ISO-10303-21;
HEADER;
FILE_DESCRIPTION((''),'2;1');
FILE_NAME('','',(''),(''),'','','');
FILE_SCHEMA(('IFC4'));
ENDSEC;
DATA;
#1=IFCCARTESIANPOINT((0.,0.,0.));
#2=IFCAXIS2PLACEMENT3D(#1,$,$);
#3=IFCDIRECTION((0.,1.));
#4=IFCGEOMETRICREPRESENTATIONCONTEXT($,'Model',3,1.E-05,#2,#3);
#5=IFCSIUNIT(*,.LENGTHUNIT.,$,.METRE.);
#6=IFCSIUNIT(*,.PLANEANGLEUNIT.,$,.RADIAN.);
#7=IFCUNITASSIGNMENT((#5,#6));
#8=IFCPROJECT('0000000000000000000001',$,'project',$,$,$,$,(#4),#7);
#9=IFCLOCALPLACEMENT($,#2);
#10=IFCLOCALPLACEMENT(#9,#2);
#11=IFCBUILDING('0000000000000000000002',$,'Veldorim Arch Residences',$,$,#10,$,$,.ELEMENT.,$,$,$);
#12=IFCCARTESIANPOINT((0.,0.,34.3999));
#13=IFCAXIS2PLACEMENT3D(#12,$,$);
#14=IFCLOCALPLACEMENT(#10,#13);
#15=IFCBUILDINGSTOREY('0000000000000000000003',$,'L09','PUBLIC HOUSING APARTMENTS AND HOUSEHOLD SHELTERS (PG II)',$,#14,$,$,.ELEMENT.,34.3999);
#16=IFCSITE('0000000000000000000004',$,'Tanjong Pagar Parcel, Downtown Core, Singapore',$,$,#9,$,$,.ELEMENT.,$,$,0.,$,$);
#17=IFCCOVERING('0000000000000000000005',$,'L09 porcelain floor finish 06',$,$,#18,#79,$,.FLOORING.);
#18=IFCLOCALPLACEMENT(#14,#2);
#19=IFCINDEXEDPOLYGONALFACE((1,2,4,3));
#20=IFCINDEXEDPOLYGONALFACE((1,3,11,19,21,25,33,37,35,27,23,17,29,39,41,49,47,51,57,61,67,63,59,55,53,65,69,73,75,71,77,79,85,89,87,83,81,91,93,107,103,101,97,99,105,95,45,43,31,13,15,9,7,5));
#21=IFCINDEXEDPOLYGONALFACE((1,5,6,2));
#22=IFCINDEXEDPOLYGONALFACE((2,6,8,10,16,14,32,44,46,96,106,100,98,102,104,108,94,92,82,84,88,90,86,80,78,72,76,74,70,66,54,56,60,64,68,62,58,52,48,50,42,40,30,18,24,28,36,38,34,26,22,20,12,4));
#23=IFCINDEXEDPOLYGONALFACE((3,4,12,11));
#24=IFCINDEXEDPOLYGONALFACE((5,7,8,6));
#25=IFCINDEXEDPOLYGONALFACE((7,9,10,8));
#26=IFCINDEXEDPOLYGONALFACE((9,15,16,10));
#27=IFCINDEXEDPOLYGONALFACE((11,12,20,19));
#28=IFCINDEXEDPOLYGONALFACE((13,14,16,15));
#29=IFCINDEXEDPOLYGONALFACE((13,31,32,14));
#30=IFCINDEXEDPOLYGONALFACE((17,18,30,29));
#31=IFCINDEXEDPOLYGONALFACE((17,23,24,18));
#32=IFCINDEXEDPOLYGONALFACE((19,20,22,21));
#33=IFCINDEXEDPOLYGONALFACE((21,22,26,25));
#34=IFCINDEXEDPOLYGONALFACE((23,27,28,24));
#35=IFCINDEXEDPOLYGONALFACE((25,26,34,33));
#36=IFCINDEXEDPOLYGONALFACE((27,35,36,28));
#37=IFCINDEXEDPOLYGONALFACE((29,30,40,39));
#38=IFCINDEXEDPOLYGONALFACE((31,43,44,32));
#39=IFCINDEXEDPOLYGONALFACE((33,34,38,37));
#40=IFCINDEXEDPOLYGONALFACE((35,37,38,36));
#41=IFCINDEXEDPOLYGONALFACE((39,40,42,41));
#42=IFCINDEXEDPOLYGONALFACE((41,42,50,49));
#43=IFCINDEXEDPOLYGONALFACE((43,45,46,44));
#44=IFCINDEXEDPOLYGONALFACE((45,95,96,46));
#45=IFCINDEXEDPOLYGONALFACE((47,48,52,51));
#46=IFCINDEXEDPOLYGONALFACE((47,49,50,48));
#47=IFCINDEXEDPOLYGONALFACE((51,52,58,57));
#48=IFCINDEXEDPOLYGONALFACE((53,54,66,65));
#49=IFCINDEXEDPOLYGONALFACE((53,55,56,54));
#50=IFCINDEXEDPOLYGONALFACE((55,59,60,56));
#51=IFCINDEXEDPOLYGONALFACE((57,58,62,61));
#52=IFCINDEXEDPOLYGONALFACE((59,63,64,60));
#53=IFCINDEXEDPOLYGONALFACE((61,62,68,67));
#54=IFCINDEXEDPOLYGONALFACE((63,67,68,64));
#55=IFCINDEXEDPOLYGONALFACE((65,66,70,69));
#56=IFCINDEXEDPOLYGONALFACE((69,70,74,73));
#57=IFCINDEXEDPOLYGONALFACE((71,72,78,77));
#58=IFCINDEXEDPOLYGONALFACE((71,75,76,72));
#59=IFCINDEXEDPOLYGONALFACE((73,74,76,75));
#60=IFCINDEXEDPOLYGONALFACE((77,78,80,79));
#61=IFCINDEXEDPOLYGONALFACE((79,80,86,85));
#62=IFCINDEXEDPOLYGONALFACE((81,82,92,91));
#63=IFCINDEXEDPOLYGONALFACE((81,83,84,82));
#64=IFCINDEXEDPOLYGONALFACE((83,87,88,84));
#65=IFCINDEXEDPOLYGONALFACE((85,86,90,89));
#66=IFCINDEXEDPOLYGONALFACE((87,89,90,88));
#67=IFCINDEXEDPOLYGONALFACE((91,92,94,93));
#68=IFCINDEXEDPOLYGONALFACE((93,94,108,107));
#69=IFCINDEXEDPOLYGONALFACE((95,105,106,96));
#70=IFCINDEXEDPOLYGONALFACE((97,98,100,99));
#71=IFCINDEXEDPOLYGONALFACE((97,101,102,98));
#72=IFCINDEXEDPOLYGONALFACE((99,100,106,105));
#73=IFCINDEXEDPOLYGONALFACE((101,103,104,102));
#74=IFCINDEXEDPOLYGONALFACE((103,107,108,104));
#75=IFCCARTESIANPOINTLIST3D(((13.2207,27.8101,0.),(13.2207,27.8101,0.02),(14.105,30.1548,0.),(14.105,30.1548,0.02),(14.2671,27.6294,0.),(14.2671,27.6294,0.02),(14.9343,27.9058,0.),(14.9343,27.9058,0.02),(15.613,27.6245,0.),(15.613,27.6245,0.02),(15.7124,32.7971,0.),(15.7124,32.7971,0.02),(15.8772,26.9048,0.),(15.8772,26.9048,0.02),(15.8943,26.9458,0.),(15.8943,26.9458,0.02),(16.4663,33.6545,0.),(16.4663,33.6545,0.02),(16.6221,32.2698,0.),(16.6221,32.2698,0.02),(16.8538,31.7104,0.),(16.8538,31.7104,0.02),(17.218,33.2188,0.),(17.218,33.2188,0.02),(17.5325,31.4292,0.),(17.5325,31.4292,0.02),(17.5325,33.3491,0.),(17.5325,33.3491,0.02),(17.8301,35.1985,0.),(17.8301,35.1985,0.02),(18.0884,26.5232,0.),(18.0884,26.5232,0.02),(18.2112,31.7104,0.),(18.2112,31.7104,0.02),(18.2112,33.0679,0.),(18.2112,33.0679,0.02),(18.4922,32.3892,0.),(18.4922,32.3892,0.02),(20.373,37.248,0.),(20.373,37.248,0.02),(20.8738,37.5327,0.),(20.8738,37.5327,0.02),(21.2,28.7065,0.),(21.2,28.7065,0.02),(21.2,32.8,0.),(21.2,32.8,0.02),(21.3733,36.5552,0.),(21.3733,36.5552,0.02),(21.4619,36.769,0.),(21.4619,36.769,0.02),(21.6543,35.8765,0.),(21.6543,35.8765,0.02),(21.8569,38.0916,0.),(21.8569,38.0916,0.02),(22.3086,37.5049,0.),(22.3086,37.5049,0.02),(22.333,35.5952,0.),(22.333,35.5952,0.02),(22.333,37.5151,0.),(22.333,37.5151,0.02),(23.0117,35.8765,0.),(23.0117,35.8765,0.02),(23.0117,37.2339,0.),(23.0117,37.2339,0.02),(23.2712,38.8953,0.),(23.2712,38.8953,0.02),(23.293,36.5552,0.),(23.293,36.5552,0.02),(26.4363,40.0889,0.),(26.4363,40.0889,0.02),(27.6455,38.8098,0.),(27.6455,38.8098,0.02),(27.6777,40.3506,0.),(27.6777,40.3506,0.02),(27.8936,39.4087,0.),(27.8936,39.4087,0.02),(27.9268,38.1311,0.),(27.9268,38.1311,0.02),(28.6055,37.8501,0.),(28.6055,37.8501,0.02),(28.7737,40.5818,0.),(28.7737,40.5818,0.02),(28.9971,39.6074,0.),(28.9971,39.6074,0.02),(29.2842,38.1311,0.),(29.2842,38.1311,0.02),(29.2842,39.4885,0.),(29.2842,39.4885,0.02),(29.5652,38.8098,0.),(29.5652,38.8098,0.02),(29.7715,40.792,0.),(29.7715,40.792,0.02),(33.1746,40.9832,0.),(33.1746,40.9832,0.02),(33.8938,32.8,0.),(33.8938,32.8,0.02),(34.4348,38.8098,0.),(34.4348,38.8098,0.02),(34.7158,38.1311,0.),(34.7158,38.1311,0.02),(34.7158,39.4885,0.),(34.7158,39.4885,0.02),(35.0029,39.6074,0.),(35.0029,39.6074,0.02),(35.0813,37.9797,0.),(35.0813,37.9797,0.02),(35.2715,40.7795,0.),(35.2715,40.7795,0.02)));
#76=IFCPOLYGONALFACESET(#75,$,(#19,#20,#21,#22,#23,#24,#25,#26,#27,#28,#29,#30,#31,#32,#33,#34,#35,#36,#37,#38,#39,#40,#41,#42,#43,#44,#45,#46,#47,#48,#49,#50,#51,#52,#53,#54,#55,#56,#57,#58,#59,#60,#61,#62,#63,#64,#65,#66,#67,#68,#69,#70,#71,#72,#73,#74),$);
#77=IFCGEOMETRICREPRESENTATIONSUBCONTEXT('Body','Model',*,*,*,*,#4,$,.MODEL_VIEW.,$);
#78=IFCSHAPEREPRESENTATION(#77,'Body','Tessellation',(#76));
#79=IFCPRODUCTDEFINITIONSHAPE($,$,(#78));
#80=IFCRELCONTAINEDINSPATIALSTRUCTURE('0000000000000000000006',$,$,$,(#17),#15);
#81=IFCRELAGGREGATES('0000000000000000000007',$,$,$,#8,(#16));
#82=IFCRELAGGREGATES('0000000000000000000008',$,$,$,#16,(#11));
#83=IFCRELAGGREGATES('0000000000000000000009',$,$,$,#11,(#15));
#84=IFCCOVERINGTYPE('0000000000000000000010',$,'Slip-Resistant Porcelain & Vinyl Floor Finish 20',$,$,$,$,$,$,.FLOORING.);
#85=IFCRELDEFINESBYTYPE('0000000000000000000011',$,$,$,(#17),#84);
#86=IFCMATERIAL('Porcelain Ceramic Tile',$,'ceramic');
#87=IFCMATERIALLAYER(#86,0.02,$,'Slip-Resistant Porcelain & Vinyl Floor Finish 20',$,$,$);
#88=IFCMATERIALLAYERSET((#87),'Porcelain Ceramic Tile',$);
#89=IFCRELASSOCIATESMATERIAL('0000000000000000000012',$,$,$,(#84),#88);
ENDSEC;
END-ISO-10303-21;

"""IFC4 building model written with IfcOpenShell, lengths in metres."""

from ifc_helpers import new_model, si_unit, direction, frame, origin, place, context, subcontext, project, spatial, polyline, outline, extrude, material, layer, layer_set, type_object, element, save


model = new_model("IFC4")

# Units and contexts
model_context = context("Model", 3, precision=1e-05, world=origin(), true_north=direction((0.0, 1.0)))
body_context = subcontext(model_context, "Body", "Model", "MODEL_VIEW")
ifc_project = project(units=[si_unit("LENGTHUNIT", "METRE"), si_unit("PLANEANGLEUNIT", "RADIAN")], contexts=[model_context])

# Site, building, storey
site_placement = place(None, origin())
site = spatial("IfcSite", under=ifc_project, at=site_placement, Name="Tanjong Pagar Parcel, Downtown Core, Singapore", CompositionType="ELEMENT", RefElevation=0.0)
building_placement = place(site_placement, origin())
building = spatial("IfcBuilding", under=site, at=building_placement, Name="Veldorim Arch Residences", CompositionType="ELEMENT")
storey_placement = place(building_placement, frame((0.0, 0.0, 34.3999)))
storey = spatial("IfcBuildingStorey", under=building, at=storey_placement, Name="L09", Description="PUBLIC HOUSING APARTMENTS AND HOUSEHOLD SHELTERS (PG II)", CompositionType="ELEMENT", Elevation=34.3999)

# Covering
ifc_material_1 = material(Name="Porcelain Ceramic Tile", Category="ceramic")
ifc_layer_1 = layer(ifc_material_1, 0.02, Name="Slip-Resistant Porcelain & Vinyl Floor Finish 20")
ifc_layer_set_1 = layer_set([ifc_layer_1], Name="Porcelain Ceramic Tile")
covering_type_1 = type_object("IfcCoveringType", Name="Slip-Resistant Porcelain & Vinyl Floor Finish 20", PredefinedType="FLOORING", material=ifc_layer_set_1)
covering_1_placement = place(storey_placement, origin())
element("IfcCovering", 1, at=covering_1_placement, inside=storey, type_object=covering_type_1, Name="L09 porcelain floor finish 06", PredefinedType="FLOORING", context=body_context, shape_type="SweptSolid", body=[
    extrude(outline(polyline([(13.2207, 27.8101), (14.105, 30.1548), (15.7124, 32.7971), (16.6221, 32.2698), (16.8538, 31.7104), (17.5325, 31.4292), (18.2112, 31.7104), (18.4922, 32.3892), (18.2112, 33.0679), (17.5325, 33.3491), (17.218, 33.2188), (16.4663, 33.6545), (17.8301, 35.1985), (20.373, 37.248), (20.8738, 37.5327), (21.4619, 36.769), (21.3733, 36.5552), (21.6543, 35.8765), (22.333, 35.5952), (23.0117, 35.8765), (23.293, 36.5552), (23.0117, 37.2339), (22.333, 37.5151), (22.3086, 37.5049), (21.8569, 38.0916), (23.2712, 38.8953), (26.4363, 40.0889), (27.6777, 40.3506), (27.8936, 39.4087), (27.6455, 38.8098), (27.9268, 38.1311), (28.6055, 37.8501), (29.2842, 38.1311), (29.5652, 38.8098), (29.2842, 39.4885), (28.9971, 39.6074), (28.7737, 40.5818), (29.7715, 40.792), (33.1746, 40.9832), (35.2715, 40.7795), (35.0029, 39.6074), (34.7158, 39.4885), (34.4348, 38.8098), (34.7158, 38.1311), (35.0813, 37.9797), (33.8938, 32.8), (21.2, 32.8), (21.2, 28.7065), (18.0884, 26.5232), (15.8772, 26.9048), (15.8943, 26.9458), (15.613, 27.6245), (14.9343, 27.9058), (14.2671, 27.6294), (13.2207, 27.8101)])), origin(), (0.0, 0.0, 1.0), 0.02),
])

save(model, "model.ifc")
